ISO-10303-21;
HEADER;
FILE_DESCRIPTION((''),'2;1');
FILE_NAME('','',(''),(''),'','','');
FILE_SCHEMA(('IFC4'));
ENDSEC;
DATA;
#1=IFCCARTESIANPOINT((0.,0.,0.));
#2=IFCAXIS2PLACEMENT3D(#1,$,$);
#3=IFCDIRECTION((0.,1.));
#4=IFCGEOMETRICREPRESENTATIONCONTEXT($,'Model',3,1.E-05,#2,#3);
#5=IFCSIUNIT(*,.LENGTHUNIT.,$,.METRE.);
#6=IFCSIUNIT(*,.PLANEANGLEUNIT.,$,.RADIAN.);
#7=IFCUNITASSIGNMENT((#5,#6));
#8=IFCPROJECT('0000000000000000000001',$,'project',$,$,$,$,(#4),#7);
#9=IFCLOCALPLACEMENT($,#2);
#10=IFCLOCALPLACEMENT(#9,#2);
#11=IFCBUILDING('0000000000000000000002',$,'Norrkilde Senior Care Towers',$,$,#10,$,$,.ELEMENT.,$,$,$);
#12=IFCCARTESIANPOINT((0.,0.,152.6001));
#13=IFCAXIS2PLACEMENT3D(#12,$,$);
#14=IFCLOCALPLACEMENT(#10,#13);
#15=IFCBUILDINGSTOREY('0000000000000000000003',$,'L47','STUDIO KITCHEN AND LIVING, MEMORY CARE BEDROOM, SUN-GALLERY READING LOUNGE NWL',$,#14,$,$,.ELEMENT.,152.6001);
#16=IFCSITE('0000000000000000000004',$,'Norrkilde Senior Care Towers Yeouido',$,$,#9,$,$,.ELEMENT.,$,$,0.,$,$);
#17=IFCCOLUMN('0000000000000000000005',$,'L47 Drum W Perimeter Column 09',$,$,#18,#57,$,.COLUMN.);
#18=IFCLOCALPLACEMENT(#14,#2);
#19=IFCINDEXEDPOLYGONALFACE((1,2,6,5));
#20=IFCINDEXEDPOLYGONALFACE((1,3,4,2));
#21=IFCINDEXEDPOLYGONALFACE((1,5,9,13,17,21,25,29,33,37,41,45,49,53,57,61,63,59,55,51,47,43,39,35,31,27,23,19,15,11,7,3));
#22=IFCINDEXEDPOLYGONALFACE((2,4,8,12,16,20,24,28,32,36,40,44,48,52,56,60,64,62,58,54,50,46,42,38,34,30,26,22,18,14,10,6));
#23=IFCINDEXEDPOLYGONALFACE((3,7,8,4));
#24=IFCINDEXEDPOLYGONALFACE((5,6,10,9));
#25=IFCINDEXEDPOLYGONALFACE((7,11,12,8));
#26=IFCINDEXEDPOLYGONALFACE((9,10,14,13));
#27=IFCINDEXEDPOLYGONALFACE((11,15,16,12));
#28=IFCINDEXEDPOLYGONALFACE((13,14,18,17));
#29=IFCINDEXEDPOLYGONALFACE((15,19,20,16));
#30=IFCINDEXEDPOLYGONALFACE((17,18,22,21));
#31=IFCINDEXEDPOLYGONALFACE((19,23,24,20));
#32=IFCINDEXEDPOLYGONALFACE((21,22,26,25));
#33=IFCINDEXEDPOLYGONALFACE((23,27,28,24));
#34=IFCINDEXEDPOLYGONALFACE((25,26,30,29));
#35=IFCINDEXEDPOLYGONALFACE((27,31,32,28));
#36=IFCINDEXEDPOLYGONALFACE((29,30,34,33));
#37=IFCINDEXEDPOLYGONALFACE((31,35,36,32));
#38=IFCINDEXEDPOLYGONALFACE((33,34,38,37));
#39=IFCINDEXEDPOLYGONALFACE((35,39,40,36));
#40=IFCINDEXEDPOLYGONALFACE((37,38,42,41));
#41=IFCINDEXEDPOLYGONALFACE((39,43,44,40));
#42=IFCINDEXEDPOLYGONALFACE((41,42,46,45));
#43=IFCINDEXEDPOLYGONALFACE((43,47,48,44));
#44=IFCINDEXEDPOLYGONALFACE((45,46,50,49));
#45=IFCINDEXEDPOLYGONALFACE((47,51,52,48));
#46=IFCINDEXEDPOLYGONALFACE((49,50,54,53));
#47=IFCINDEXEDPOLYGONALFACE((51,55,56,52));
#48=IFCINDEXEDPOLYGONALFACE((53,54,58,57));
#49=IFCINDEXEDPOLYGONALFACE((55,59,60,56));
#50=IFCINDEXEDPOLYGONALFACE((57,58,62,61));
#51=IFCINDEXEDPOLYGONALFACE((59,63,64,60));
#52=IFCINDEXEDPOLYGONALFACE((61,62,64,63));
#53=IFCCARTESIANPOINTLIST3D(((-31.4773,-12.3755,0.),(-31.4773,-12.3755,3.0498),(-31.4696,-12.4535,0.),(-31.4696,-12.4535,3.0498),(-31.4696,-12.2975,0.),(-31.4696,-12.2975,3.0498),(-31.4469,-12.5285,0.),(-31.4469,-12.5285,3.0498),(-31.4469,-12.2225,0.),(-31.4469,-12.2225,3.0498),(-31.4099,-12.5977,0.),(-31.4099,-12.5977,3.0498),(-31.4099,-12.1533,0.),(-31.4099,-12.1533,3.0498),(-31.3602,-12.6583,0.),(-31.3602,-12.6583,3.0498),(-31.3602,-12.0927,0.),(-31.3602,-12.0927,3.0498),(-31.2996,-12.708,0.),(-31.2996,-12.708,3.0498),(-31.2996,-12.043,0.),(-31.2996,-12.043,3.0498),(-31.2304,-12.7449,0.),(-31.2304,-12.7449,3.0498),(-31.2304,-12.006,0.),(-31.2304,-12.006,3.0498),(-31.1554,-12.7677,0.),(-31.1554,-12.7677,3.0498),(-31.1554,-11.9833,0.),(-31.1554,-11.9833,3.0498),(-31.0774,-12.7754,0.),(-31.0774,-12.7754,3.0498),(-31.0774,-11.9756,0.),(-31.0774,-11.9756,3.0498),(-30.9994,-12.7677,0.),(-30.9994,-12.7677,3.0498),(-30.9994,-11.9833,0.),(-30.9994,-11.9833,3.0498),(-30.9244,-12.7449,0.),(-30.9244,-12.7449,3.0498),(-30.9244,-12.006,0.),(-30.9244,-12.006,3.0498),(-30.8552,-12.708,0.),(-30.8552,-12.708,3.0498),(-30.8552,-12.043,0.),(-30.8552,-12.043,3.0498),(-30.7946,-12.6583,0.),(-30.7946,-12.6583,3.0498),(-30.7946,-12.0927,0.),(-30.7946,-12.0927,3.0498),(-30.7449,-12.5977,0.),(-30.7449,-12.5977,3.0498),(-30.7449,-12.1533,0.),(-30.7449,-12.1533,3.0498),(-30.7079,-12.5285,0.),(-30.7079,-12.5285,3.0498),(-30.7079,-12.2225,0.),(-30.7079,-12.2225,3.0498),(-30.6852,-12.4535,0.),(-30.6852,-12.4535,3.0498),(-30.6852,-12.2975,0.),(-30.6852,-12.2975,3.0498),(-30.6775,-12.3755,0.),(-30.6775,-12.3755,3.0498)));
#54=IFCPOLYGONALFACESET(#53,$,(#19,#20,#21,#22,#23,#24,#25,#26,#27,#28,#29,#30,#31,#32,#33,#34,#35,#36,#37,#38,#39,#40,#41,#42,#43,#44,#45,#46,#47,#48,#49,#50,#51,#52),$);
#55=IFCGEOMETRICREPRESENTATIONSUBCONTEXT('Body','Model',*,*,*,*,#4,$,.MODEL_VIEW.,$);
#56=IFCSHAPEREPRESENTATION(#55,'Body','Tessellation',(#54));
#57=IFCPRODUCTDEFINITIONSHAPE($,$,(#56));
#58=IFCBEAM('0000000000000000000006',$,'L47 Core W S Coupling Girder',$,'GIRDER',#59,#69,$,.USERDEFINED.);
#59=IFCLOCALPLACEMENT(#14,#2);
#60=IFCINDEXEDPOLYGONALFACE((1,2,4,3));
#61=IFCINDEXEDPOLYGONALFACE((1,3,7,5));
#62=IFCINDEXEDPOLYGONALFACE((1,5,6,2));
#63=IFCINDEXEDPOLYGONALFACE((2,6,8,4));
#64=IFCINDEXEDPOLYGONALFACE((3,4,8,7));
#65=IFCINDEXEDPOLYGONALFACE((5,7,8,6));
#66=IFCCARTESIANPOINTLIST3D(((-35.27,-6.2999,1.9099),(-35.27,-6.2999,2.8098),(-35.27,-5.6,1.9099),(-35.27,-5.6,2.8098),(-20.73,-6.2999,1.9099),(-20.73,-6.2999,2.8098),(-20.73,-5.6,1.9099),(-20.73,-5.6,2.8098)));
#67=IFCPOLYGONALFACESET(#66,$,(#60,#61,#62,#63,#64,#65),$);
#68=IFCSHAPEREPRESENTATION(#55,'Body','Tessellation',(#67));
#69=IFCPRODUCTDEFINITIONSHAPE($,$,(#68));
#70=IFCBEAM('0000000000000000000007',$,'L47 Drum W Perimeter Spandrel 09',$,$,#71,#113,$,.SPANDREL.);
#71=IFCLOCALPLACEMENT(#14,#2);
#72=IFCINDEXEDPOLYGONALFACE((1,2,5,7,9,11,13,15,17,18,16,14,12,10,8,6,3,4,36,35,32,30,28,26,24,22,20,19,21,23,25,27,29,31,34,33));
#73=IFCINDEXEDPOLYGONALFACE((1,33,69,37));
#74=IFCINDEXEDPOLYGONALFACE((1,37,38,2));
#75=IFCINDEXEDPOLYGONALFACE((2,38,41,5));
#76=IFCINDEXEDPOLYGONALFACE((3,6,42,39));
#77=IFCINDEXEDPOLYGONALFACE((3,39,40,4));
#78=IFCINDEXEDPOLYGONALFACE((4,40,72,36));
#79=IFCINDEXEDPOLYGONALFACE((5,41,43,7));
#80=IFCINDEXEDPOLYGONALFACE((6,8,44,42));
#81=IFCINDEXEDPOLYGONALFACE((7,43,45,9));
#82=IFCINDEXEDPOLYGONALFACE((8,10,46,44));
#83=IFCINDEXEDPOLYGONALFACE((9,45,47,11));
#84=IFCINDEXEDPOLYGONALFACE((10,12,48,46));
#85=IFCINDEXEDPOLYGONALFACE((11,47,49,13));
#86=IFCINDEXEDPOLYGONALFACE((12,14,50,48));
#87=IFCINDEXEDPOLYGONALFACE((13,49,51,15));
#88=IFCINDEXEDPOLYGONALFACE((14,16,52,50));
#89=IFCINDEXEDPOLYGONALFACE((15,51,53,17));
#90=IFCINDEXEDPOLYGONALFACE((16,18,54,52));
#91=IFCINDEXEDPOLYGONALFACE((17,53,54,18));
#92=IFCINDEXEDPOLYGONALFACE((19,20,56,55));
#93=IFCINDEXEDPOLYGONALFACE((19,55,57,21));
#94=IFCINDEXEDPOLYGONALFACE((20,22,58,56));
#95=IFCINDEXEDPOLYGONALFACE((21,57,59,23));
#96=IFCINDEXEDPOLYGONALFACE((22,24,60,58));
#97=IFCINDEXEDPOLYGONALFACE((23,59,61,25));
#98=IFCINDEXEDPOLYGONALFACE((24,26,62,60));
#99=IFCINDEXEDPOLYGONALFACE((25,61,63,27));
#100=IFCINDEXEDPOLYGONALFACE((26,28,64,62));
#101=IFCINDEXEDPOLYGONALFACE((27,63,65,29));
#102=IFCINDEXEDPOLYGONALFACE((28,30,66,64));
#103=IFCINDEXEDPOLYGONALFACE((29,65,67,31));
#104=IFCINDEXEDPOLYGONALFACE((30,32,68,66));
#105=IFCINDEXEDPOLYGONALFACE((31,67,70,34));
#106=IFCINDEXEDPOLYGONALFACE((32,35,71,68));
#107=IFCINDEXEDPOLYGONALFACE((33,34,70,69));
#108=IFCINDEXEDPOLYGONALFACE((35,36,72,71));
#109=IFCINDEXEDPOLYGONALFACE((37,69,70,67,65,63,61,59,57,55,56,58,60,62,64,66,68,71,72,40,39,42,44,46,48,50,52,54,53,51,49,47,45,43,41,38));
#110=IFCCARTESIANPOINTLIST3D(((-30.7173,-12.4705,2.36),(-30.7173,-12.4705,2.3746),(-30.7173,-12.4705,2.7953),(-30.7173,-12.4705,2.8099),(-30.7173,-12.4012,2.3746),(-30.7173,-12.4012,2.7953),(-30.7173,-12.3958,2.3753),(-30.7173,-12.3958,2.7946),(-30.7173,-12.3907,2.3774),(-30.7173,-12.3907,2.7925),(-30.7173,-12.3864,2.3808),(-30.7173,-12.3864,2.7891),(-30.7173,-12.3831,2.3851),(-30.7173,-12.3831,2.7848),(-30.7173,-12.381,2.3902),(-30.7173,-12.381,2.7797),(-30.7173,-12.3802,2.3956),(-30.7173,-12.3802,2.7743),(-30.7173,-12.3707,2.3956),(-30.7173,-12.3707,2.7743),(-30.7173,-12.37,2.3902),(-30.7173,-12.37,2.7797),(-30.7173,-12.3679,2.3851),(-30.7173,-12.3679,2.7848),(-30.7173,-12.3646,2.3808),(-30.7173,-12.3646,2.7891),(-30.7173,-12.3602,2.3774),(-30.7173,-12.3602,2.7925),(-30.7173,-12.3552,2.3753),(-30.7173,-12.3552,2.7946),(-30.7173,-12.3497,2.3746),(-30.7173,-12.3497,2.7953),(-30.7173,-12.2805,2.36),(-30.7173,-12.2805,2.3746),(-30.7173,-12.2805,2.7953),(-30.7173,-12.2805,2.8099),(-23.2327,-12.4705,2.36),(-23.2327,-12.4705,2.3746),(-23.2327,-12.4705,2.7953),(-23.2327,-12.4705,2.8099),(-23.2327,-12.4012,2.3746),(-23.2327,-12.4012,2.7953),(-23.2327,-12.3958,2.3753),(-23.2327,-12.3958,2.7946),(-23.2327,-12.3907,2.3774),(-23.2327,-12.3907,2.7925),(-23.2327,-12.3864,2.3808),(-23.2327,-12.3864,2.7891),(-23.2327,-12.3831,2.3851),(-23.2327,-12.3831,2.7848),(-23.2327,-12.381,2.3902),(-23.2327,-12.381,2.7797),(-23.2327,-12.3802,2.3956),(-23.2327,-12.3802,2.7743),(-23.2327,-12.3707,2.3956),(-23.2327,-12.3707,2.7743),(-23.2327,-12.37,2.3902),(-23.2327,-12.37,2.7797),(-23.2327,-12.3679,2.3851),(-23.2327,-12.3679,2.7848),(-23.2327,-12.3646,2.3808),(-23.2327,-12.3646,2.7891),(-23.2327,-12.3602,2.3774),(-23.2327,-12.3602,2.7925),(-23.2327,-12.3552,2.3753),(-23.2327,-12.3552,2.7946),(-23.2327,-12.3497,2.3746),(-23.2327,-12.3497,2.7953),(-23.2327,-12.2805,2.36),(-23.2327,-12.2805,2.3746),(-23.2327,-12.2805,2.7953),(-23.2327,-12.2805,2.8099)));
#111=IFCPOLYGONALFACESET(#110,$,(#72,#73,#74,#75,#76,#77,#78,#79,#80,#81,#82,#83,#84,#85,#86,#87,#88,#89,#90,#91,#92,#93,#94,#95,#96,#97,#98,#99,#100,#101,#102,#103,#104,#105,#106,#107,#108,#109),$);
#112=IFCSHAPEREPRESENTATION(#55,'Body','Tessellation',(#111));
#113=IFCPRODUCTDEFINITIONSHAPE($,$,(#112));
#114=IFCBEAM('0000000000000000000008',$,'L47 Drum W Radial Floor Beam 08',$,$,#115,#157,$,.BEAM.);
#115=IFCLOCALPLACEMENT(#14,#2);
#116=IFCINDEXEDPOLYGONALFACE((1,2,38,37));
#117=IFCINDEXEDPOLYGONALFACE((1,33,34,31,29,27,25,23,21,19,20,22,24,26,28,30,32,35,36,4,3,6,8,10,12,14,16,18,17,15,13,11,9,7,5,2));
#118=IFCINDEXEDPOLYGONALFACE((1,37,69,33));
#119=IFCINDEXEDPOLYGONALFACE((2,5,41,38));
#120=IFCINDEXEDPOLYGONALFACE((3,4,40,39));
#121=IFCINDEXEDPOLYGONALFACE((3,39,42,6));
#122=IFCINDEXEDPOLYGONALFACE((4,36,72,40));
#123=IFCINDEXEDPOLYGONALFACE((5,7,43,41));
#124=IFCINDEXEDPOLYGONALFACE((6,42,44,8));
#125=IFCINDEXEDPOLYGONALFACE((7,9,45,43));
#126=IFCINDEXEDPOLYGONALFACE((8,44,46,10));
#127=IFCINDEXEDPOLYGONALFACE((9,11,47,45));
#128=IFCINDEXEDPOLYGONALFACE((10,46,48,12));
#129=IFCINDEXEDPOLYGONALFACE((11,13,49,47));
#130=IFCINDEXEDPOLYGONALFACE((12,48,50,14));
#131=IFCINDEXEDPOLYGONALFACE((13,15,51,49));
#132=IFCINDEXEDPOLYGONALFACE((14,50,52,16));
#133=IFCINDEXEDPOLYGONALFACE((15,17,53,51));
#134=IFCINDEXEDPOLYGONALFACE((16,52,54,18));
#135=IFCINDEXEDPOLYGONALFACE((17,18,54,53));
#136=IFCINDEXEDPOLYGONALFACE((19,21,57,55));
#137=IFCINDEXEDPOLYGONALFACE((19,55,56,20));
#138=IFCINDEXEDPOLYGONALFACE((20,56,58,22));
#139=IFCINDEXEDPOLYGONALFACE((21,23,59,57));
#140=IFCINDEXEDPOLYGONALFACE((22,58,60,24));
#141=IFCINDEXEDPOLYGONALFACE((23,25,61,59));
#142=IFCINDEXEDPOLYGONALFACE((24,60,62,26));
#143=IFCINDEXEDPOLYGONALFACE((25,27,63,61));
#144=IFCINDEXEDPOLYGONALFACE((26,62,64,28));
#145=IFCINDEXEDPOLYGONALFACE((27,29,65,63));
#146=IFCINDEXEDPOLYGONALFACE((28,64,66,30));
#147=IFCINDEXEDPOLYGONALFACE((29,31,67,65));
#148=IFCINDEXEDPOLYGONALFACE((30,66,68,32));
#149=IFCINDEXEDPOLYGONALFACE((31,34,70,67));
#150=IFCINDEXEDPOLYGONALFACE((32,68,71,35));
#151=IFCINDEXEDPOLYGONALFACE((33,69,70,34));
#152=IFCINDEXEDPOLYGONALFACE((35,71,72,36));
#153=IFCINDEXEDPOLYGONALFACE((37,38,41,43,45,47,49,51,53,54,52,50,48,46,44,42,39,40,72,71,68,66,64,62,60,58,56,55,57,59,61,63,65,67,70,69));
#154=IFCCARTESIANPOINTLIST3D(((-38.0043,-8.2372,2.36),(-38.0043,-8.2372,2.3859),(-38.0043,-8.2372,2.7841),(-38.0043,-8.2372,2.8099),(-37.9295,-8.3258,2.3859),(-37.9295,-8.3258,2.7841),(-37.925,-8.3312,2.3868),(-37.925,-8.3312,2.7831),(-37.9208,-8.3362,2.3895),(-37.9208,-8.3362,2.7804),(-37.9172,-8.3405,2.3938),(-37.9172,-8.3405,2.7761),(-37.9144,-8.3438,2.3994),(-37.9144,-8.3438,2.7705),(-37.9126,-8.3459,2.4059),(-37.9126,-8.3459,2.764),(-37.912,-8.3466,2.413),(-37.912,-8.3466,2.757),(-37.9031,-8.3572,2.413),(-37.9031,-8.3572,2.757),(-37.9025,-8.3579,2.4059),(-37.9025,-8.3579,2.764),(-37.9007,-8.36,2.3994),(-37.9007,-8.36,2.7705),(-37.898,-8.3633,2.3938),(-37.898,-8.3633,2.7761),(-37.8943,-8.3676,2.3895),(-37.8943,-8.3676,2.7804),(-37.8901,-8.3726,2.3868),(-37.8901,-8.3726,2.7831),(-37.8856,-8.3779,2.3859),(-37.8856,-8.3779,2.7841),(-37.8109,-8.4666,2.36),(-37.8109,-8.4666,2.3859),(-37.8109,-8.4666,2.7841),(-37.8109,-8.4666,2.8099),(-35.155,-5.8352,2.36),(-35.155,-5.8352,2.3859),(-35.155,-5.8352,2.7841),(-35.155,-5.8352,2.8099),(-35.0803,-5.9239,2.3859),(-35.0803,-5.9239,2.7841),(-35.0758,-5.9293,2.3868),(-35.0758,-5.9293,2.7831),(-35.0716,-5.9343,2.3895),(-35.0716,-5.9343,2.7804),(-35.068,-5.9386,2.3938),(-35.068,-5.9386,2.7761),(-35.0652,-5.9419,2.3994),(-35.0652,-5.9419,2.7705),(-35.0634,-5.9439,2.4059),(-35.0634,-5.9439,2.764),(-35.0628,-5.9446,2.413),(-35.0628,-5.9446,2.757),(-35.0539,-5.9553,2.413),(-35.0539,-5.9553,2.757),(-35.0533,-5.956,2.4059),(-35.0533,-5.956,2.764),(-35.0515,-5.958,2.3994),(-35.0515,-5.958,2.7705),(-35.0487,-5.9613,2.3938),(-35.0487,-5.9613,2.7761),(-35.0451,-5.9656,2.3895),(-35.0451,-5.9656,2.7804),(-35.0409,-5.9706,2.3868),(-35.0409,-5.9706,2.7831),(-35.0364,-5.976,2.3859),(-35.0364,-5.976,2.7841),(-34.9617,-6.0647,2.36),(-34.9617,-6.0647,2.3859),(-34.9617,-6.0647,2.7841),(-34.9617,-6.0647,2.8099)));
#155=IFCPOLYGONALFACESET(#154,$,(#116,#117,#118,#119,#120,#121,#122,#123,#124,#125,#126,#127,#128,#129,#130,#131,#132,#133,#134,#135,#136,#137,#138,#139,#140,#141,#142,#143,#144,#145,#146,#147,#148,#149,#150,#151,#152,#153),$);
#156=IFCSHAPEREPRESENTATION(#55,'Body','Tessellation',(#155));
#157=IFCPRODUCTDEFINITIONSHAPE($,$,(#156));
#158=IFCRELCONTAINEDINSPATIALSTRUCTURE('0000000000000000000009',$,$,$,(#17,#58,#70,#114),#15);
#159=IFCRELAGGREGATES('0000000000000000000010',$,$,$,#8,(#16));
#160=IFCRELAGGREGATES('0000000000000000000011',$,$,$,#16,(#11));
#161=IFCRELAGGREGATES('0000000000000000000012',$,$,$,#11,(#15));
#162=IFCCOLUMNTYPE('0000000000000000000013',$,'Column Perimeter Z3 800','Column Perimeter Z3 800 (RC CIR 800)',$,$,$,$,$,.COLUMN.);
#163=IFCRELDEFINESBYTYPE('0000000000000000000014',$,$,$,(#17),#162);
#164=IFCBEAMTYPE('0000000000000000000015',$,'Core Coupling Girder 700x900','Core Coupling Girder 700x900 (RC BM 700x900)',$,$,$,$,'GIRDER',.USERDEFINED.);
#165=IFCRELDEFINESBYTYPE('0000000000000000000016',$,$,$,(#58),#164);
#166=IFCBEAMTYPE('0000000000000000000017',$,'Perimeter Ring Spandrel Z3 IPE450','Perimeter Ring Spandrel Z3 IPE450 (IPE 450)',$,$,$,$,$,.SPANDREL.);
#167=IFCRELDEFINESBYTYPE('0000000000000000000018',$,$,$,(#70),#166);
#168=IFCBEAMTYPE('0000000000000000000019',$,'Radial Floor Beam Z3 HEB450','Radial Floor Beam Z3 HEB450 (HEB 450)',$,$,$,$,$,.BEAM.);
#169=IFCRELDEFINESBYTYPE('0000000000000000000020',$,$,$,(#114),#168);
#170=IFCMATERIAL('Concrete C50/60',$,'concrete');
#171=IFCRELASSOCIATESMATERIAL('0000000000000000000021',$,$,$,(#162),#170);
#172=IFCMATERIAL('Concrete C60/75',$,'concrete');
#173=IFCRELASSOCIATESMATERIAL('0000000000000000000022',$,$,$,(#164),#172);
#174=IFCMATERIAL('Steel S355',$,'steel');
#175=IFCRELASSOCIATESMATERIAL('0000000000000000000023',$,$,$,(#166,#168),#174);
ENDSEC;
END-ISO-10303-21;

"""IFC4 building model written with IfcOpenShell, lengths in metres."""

from ifc_helpers import new_model, si_unit, direction, frame, origin, origin_2d, place, context, subcontext, project, spatial, rectangle, circle, i_section, extrude, source, transform, mapped, material, material_profile, profile_set, type_object, type_shapes, element, save


model = new_model("IFC4")

# Units and contexts
model_context = context("Model", 3, precision=1e-05, world=origin(), true_north=direction((0.0, 1.0)))
body_context = subcontext(model_context, "Body", "Model", "MODEL_VIEW")
ifc_project = project(units=[si_unit("LENGTHUNIT", "METRE"), si_unit("PLANEANGLEUNIT", "RADIAN")], contexts=[model_context])

# Site, building, storey
site_placement = place(None, origin())
site = spatial("IfcSite", under=ifc_project, at=site_placement, Name="Norrkilde Senior Care Towers Yeouido", CompositionType="ELEMENT", RefElevation=0.0)
building_placement = place(site_placement, origin())
building = spatial("IfcBuilding", under=site, at=building_placement, Name="Norrkilde Senior Care Towers", CompositionType="ELEMENT")
storey_placement = place(building_placement, frame((0.0, 0.0, 152.6001)))
storey = spatial("IfcBuildingStorey", under=building, at=storey_placement, Name="L47", Description="STUDIO KITCHEN AND LIVING, MEMORY CARE BEDROOM, SUN-GALLERY READING LOUNGE NWL", CompositionType="ELEMENT", Elevation=152.6001)

# Column
ifc_material_1 = material(Name="Concrete C50/60", Category="concrete")
ifc_material_profile_1 = material_profile(ifc_material_1, circle(Radius=0.3999, at=origin_2d()), Name="RC CIR 800")
ifc_profile_set_1 = profile_set([ifc_material_profile_1], Name="Concrete C50/60")
column_type = type_object("IfcColumnType", Name="Column Perimeter Z3 800", Description="Column Perimeter Z3 800 (RC CIR 800)", PredefinedType="COLUMN", material=ifc_profile_set_1)
shared_shape_1 = source(origin(), body_context, "Body", "SweptSolid", [
    extrude(circle(Radius=0.3999, at=origin_2d()), origin(), (0.0, 0.0, 1.0), 3.0498),
])
type_shapes(column_type, [shared_shape_1])
column_placement = place(storey_placement, frame((-31.0774, -12.3755, 0.0), z_axis=(0.0, 0.0, 1.0), x_axis=(1.0, 0.0, 0.0)))
element("IfcColumn", 1, at=column_placement, inside=storey, type_object=column_type, Name="L47 Drum W Perimeter Column 09", PredefinedType="COLUMN", context=body_context, shape_type="MappedRepresentation", body=[
    mapped(shared_shape_1, transform((0.0, 0.0, 0.0), x_axis=(1.0, 0.0, 0.0), y_axis=(0.0, 1.0, 0.0), z_axis=(0.0, 0.0, 1.0), scale=1.0)),
])

# Beams
ifc_material_2 = material(Name="Concrete C60/75", Category="concrete")
ifc_material_profile_2 = material_profile(ifc_material_2, rectangle(XDim=0.7, YDim=0.8999, at=origin_2d()), Name="RC BM 700x900")
ifc_profile_set_2 = profile_set([ifc_material_profile_2], Name="Concrete C60/75")
beam_type_1 = type_object("IfcBeamType", Name="Core Coupling Girder 700x900", Description="Core Coupling Girder 700x900 (RC BM 700x900)", ElementType="GIRDER", PredefinedType="USERDEFINED", material=ifc_profile_set_2)
shared_shape_2 = source(origin(), body_context, "Body", "SweptSolid", [
    extrude(rectangle(XDim=0.7, YDim=0.8999, at=origin_2d()), origin(), (0.0, 0.0, 1.0), 14.54),
])
type_shapes(beam_type_1, [shared_shape_2])
beam_1_placement = place(storey_placement, frame((-35.27, -5.95, 2.3599), z_axis=(1.0, 0.0, 0.0), x_axis=(0.0, 1.0, 0.0)))
element("IfcBeam", 2, at=beam_1_placement, inside=storey, type_object=beam_type_1, Name="L47 Core W S Coupling Girder", ObjectType="GIRDER", PredefinedType="USERDEFINED", context=body_context, shape_type="MappedRepresentation", body=[
    mapped(shared_shape_2, transform((0.0, 0.0, 0.0), x_axis=(1.0, 0.0, 0.0), y_axis=(0.0, 1.0, 0.0), z_axis=(0.0, 0.0, 1.0), scale=1.0)),
])
ifc_material_3 = material(Name="Steel S355", Category="steel")
ifc_material_profile_3 = material_profile(ifc_material_3, i_section(OverallWidth=0.1899, OverallDepth=0.45, WebThickness=0.0095, FlangeThickness=0.0146, FilletRadius=0.021, at=origin_2d()), Name="IPE 450")
ifc_profile_set_3 = profile_set([ifc_material_profile_3], Name="Steel S355")
beam_type_2 = type_object("IfcBeamType", Name="Perimeter Ring Spandrel Z3 IPE450", Description="Perimeter Ring Spandrel Z3 IPE450 (IPE 450)", PredefinedType="SPANDREL", material=ifc_profile_set_3)
shared_shape_3 = source(origin(), body_context, "Body", "SweptSolid", [
    extrude(i_section(OverallWidth=0.1899, OverallDepth=0.45, WebThickness=0.0095, FlangeThickness=0.0146, FilletRadius=0.021, at=origin_2d()), origin(), (0.0, 0.0, 1.0), 7.4846),
])
type_shapes(beam_type_2, [shared_shape_3])
beam_2_placement = place(storey_placement, frame((-30.7173, -12.3755, 2.585), z_axis=(1.0, 0.0, 0.0), x_axis=(0.0, 1.0, 0.0)))
element("IfcBeam", 3, at=beam_2_placement, inside=storey, type_object=beam_type_2, Name="L47 Drum W Perimeter Spandrel 09", PredefinedType="SPANDREL", context=body_context, shape_type="MappedRepresentation", body=[
    mapped(shared_shape_3, transform((0.0, 0.0, 0.0), x_axis=(1.0, 0.0, 0.0), y_axis=(0.0, 1.0, 0.0), z_axis=(0.0, 0.0, 1.0), scale=1.0)),
])
ifc_material_profile_4 = material_profile(ifc_material_3, i_section(OverallWidth=0.3, OverallDepth=0.45, WebThickness=0.0139, FlangeThickness=0.0259, FilletRadius=0.0271, at=origin_2d()), Name="HEB 450")
ifc_profile_set_4 = profile_set([ifc_material_profile_4], Name="Steel S355")
beam_type_3 = type_object("IfcBeamType", Name="Radial Floor Beam Z3 HEB450", Description="Radial Floor Beam Z3 HEB450 (HEB 450)", PredefinedType="BEAM", material=ifc_profile_set_4)
shared_shape_4 = source(origin(), body_context, "Body", "SweptSolid", [
    extrude(i_section(OverallWidth=0.3, OverallDepth=0.45, WebThickness=0.0139, FlangeThickness=0.0259, FilletRadius=0.0271, at=origin_2d()), origin(), (0.0, 0.0, 1.0), 3.7266),
])
beam_3_placement = place(storey_placement, frame((-35.0583, -5.95, 2.585), z_axis=(-0.764568, -0.644543, 0.0), x_axis=(0.644543, -0.764568, 0.0)))
element("IfcBeam", 4, at=beam_3_placement, inside=storey, type_object=beam_type_3, Name="L47 Drum W Radial Floor Beam 08", PredefinedType="BEAM", context=body_context, shape_type="MappedRepresentation", body=[
    mapped(shared_shape_4, transform((0.0, 0.0, 0.0), x_axis=(1.0, 0.0, 0.0), y_axis=(0.0, 1.0, 0.0), z_axis=(0.0, 0.0, 1.0), scale=1.0)),
])

save(model, "model.ifc")
